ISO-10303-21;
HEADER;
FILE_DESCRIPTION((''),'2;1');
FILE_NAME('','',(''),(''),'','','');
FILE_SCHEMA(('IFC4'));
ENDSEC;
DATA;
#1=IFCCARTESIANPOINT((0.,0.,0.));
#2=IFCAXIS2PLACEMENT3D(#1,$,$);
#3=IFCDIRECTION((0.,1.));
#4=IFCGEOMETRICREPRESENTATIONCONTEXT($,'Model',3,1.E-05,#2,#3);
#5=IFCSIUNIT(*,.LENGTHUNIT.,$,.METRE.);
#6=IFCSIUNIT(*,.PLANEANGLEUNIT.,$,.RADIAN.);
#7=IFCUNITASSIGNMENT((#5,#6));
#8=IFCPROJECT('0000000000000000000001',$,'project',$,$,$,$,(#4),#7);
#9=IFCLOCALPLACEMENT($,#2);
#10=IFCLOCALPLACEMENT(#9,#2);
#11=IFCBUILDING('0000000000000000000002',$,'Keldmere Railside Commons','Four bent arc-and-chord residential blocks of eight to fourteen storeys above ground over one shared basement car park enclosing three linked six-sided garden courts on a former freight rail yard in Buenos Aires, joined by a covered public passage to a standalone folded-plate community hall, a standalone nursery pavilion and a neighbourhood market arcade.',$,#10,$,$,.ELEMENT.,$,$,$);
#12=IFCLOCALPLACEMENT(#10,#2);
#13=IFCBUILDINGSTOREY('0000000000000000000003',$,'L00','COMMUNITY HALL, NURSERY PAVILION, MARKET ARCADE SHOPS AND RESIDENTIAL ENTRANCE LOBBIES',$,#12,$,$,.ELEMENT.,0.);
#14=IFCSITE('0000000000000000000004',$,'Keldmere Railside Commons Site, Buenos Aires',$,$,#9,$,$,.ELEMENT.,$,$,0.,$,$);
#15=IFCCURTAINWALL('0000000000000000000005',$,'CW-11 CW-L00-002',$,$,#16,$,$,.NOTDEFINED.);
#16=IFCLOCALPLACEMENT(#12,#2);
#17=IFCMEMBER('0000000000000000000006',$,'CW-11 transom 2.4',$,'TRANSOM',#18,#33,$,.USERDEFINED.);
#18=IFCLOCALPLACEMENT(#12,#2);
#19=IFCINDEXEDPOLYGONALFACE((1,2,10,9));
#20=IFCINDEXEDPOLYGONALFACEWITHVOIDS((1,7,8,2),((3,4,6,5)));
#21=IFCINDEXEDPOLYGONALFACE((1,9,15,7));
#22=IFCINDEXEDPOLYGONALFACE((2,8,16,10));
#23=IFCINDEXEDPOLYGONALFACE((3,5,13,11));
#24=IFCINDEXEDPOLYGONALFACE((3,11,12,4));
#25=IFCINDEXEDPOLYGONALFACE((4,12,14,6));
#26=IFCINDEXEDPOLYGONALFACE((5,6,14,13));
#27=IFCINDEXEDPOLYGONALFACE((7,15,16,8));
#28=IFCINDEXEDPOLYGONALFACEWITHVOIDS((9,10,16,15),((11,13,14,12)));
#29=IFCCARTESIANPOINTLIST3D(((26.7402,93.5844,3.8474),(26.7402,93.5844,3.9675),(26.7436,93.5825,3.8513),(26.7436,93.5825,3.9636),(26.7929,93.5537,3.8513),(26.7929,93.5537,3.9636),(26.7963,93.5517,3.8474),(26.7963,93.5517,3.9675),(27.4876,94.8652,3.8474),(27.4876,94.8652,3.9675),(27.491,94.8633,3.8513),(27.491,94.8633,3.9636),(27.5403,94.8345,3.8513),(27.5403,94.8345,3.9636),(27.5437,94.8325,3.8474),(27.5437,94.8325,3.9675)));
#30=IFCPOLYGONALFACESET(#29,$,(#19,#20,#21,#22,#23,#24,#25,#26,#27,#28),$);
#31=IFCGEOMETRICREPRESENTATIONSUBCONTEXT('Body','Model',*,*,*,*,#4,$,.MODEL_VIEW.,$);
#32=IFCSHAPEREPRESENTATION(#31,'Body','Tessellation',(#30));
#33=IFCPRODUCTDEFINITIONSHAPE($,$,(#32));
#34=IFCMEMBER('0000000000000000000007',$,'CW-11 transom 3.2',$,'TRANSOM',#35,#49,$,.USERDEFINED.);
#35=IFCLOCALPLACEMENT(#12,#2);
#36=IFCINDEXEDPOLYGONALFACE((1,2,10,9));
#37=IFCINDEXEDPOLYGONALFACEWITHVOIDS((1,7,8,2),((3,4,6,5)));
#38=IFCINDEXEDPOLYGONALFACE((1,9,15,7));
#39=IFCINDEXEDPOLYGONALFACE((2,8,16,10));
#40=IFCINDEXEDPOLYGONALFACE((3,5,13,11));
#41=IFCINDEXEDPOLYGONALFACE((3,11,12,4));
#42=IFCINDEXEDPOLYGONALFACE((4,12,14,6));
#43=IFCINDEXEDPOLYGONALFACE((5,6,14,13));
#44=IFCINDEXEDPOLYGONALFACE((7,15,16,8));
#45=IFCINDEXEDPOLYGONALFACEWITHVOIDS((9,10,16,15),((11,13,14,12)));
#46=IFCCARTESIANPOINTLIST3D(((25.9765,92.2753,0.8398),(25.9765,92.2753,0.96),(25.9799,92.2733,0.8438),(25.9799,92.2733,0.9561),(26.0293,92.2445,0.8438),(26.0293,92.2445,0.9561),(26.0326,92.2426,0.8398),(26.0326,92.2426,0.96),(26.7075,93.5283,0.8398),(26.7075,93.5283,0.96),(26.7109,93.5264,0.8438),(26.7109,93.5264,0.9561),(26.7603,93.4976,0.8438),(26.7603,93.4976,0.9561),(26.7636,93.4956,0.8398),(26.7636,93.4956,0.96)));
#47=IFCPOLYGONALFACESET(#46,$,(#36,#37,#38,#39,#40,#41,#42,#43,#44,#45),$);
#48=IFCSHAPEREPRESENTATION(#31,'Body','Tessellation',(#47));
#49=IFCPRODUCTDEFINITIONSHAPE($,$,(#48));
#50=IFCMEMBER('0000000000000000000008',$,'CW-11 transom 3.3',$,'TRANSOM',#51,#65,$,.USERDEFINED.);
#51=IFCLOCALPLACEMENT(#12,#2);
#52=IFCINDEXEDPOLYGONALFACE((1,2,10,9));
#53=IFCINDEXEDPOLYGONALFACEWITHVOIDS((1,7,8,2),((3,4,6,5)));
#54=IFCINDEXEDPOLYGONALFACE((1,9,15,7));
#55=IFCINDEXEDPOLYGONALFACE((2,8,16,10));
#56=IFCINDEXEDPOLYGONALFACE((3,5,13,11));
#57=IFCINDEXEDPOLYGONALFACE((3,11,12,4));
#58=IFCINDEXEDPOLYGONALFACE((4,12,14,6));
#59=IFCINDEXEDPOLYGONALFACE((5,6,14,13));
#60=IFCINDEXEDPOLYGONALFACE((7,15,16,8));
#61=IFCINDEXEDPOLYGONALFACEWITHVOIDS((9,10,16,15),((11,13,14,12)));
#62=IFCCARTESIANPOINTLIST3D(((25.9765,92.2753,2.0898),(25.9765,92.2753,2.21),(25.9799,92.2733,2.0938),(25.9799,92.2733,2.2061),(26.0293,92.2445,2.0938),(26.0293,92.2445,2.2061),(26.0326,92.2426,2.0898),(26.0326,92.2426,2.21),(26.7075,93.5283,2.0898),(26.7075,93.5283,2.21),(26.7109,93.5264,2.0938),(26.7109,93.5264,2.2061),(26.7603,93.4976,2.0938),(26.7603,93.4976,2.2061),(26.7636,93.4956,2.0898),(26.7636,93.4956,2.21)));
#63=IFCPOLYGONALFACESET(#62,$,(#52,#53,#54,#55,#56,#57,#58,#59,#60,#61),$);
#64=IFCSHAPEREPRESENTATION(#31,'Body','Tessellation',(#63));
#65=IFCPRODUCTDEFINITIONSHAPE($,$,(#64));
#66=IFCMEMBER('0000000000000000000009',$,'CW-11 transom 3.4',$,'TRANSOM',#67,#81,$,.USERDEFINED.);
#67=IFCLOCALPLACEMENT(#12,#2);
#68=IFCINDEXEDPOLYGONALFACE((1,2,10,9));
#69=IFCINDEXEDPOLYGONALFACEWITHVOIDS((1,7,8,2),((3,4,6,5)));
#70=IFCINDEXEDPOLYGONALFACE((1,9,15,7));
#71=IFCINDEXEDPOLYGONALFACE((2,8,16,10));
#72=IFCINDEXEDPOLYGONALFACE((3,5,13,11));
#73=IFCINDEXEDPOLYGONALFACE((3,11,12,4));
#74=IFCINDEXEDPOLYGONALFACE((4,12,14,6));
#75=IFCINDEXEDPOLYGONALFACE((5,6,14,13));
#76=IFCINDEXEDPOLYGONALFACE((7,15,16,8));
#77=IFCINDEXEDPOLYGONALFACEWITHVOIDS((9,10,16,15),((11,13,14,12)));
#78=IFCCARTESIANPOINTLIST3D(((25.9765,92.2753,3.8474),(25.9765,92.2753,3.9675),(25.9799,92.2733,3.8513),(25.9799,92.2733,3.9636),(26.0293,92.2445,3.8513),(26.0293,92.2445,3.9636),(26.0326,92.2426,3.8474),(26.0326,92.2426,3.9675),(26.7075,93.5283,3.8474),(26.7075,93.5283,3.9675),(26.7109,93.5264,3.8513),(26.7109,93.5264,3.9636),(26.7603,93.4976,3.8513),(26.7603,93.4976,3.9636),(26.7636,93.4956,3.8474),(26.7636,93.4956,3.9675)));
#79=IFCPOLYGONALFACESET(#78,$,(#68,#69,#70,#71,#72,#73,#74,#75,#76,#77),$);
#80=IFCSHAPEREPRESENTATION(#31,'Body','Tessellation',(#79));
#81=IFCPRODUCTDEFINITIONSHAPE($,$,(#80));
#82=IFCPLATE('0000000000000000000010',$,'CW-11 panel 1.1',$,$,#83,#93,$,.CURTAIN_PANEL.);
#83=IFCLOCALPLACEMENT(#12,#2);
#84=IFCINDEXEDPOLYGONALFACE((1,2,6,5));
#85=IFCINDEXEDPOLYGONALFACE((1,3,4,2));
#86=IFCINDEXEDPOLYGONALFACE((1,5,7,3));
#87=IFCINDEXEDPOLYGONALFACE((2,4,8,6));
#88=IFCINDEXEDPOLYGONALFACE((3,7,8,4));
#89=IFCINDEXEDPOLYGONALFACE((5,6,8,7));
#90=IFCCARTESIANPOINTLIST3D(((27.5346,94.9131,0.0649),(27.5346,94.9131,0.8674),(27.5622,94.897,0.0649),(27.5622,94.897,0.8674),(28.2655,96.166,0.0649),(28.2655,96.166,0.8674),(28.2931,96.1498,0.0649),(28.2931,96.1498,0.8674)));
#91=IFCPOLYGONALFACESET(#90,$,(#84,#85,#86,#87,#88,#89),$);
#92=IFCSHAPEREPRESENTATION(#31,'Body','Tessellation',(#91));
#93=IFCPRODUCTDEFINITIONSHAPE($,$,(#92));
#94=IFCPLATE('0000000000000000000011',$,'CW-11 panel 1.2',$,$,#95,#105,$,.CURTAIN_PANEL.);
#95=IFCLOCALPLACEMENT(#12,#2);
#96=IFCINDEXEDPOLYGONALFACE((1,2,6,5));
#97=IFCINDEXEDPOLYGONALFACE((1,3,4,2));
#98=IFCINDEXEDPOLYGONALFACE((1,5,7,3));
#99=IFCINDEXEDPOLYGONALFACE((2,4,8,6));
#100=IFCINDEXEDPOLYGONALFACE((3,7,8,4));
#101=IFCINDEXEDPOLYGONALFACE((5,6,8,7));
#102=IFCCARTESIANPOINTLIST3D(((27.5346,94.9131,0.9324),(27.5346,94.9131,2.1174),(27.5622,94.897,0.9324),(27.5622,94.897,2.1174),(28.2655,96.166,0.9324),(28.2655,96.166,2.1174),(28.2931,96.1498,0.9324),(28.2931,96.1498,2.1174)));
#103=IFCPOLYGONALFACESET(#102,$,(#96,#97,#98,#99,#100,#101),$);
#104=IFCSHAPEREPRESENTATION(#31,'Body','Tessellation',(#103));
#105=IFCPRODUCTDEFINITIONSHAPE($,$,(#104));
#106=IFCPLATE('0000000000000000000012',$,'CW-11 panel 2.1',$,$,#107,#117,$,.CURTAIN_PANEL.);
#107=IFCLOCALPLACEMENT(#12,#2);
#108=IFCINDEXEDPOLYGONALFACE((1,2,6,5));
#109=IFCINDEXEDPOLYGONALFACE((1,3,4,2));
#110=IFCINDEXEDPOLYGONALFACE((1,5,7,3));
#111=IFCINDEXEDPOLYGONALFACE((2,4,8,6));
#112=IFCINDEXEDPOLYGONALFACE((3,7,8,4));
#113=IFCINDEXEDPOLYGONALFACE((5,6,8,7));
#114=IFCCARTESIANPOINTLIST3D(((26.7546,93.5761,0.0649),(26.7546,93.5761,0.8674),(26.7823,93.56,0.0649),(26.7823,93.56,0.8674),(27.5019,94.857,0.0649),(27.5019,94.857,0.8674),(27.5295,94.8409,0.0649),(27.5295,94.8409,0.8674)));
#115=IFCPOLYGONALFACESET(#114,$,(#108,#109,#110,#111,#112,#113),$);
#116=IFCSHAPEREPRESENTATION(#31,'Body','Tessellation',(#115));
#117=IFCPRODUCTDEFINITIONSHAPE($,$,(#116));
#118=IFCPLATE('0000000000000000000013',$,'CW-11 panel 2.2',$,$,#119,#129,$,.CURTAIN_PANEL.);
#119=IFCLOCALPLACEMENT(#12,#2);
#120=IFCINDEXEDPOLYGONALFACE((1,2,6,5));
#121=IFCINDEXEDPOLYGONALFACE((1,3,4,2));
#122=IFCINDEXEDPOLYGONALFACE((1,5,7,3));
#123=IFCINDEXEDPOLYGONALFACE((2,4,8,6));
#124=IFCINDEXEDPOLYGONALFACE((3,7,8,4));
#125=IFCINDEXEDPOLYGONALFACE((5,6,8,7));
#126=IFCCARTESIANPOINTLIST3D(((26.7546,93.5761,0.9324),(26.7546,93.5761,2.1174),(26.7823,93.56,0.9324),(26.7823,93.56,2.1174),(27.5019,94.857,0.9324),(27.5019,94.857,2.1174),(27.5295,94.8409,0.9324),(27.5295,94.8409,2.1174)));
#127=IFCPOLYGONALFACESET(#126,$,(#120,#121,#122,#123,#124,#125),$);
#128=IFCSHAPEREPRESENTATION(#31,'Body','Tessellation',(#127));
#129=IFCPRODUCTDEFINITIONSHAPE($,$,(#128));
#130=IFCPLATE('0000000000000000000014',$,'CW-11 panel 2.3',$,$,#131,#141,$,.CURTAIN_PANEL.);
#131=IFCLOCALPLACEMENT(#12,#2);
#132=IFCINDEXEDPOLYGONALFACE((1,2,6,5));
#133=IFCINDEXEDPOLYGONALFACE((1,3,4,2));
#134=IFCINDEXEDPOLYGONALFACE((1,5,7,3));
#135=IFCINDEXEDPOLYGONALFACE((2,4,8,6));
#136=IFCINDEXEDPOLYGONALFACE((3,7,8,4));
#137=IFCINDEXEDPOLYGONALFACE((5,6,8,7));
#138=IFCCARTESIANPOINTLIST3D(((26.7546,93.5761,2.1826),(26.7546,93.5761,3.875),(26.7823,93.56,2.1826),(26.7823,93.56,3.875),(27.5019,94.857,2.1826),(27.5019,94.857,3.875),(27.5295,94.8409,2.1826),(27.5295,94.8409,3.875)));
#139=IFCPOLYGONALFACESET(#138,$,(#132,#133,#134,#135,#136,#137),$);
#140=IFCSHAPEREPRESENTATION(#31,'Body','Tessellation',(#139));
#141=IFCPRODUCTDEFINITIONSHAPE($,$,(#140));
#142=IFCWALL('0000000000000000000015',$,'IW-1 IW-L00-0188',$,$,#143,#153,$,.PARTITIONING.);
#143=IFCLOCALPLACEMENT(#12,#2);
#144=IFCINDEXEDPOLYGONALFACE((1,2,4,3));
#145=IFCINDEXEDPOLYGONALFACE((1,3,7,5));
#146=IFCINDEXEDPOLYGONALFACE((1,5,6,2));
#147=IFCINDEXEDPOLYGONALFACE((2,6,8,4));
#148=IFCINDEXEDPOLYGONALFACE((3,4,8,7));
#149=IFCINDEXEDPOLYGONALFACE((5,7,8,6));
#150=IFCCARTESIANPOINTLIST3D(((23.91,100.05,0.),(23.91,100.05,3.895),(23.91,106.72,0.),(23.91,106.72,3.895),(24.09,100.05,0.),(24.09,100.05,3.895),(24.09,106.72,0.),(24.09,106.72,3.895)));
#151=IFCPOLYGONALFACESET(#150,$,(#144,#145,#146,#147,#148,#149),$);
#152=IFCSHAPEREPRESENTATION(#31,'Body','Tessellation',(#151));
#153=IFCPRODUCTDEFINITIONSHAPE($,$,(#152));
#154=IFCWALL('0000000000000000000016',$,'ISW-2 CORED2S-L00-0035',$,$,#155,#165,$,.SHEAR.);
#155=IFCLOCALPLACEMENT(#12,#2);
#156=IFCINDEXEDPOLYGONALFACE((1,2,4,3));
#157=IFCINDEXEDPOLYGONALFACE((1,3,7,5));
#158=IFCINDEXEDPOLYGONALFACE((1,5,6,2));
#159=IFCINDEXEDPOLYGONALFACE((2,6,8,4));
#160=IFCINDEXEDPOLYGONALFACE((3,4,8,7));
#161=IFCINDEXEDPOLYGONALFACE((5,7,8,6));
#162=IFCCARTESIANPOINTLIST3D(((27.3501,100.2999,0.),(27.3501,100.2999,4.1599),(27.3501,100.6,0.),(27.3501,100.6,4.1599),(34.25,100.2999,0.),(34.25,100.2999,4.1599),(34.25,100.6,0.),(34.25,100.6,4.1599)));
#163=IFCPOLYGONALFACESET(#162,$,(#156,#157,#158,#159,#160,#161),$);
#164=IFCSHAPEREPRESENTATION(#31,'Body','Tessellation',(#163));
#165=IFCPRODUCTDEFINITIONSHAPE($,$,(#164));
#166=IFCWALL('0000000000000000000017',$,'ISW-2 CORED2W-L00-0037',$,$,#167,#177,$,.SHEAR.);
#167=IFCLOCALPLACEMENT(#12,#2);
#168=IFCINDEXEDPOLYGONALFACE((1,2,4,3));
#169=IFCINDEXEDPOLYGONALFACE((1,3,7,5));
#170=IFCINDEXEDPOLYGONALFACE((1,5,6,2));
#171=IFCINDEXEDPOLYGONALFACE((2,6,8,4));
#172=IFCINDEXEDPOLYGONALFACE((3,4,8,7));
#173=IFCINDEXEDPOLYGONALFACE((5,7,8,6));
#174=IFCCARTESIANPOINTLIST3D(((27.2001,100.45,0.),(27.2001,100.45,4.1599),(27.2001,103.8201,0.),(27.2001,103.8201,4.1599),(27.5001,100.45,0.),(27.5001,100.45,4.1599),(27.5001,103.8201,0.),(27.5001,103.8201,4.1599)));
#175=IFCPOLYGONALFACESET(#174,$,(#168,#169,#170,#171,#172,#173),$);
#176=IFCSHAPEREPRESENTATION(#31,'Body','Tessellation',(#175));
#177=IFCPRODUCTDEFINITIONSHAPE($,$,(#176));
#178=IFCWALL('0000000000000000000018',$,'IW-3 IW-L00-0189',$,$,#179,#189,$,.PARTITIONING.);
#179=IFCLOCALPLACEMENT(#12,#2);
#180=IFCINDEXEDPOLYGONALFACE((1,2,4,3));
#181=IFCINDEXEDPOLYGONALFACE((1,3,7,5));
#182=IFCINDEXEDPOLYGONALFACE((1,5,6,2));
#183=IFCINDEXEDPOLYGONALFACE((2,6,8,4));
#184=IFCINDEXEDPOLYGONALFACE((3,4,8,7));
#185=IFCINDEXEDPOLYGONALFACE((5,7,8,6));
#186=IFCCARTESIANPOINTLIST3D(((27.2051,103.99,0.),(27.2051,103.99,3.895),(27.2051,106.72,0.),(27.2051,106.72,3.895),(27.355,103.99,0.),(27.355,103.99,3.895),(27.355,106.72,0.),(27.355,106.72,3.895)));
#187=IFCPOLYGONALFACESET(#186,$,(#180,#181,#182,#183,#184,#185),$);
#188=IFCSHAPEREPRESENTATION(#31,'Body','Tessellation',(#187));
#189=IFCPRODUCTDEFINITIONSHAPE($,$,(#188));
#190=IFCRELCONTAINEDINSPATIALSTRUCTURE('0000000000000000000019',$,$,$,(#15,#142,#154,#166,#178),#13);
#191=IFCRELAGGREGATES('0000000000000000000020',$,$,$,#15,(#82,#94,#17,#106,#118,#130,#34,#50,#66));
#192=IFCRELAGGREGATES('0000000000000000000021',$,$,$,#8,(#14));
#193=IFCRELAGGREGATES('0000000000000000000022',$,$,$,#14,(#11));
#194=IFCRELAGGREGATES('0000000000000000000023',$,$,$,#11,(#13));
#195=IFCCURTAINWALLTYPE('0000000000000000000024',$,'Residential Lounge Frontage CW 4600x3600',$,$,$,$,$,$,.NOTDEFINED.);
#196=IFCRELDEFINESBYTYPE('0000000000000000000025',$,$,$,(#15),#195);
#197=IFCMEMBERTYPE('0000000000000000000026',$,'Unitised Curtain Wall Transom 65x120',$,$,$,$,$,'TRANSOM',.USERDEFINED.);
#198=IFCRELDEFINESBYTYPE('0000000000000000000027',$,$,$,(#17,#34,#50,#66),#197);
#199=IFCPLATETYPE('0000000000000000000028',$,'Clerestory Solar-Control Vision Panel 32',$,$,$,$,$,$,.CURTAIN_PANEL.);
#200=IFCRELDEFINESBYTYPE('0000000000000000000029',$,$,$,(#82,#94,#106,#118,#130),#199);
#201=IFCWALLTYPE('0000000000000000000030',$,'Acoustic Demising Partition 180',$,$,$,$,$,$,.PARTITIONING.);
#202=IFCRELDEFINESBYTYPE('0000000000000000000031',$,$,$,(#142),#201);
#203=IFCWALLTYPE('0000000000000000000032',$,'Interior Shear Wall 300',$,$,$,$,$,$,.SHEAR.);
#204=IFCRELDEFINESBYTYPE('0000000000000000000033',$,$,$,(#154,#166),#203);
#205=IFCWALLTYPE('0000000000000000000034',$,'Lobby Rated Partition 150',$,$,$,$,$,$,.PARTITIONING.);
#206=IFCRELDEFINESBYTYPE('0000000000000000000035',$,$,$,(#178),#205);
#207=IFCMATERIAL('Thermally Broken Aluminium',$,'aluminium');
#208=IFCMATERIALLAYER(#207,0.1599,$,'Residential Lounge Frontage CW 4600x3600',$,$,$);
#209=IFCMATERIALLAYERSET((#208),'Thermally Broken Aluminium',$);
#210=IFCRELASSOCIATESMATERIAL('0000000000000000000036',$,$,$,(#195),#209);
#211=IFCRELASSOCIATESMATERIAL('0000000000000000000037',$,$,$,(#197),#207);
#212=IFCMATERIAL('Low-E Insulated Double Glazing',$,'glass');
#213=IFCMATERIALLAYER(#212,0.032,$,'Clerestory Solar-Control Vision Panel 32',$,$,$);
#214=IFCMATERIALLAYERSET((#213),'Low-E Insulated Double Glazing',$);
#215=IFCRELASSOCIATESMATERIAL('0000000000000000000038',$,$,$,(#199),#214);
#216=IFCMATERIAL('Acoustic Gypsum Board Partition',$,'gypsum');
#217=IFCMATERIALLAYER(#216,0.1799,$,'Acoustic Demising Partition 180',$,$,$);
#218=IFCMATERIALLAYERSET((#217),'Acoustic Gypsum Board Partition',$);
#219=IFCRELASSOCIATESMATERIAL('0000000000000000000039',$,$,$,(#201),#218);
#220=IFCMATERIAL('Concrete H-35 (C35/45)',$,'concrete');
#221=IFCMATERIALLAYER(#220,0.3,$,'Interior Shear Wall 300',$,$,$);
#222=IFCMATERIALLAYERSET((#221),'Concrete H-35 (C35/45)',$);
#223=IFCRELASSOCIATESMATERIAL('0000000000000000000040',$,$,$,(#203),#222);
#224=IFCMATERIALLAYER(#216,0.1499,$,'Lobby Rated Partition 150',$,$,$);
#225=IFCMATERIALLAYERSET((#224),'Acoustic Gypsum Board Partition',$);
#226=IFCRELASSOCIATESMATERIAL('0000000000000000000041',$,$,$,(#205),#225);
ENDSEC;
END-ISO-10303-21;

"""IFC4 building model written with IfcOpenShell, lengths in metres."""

from ifc_helpers import new_model, si_unit, direction, frame, frame_2d, origin, origin_2d, place, context, subcontext, project, spatial, rectangle, hollow_rectangle, extrude, material, layer, layer_set, material_profile, profile_set, type_object, element, aggregate, save


model = new_model("IFC4")

# Units and contexts
model_context = context("Model", 3, precision=1e-05, world=origin(), true_north=direction((0.0, 1.0)))
body_context = subcontext(model_context, "Body", "Model", "MODEL_VIEW")
ifc_project = project(units=[si_unit("LENGTHUNIT", "METRE"), si_unit("PLANEANGLEUNIT", "RADIAN")], contexts=[model_context])

# Site, building, storey
site_placement = place(None, origin())
site = spatial("IfcSite", under=ifc_project, at=site_placement, Name="Keldmere Railside Commons Site, Buenos Aires", CompositionType="ELEMENT", RefElevation=0.0)
building_placement = place(site_placement, origin())
building = spatial("IfcBuilding", under=site, at=building_placement, Name="Keldmere Railside Commons", Description="Four bent arc-and-chord residential blocks of eight to fourteen storeys above ground over one shared basement car park enclosing three linked six-sided garden courts on a former freight rail yard in Buenos Aires, joined by a covered public passage to a standalone folded-plate community hall, a standalone nursery pavilion and a neighbourhood market arcade.", CompositionType="ELEMENT")
storey_placement = place(building_placement, origin())
storey = spatial("IfcBuildingStorey", under=building, at=storey_placement, Name="L00", Description="COMMUNITY HALL, NURSERY PAVILION, MARKET ARCADE SHOPS AND RESIDENTIAL ENTRANCE LOBBIES", CompositionType="ELEMENT", Elevation=0.0)

# Curtain wall, members, plates
ifc_material_1 = material(Name="Thermally Broken Aluminium", Category="aluminium")
ifc_layer_1 = layer(ifc_material_1, 0.1599, Name="Residential Lounge Frontage CW 4600x3600")
ifc_layer_set_1 = layer_set([ifc_layer_1], Name="Thermally Broken Aluminium")
curtain_wall_type = type_object("IfcCurtainWallType", Name="Residential Lounge Frontage CW 4600x3600", PredefinedType="NOTDEFINED", material=ifc_layer_set_1)
curtain_wall_placement = place(storey_placement, origin())
curtain_wall = element("IfcCurtainWall", 1, at=curtain_wall_placement, inside=storey, type_object=curtain_wall_type, Name="CW-11 CW-L00-002", PredefinedType="NOTDEFINED")
ifc_material_profile_1 = material_profile(ifc_material_1, hollow_rectangle(XDim=0.0649, YDim=0.1201, WallThickness=0.0039, at=origin_2d()), Name="ALU-TRAN-65x120")
ifc_profile_set_1 = profile_set([ifc_material_profile_1], Name="Thermally Broken Aluminium")
member_type_1 = type_object("IfcMemberType", Name="Unitised Curtain Wall Transom 65x120", ElementType="TRANSOM", PredefinedType="USERDEFINED", material=ifc_profile_set_1)
member_1_placement = place(storey_placement, frame((27.5156, 94.8489, 3.9075), z_axis=(-0.503973, -0.863719, 0.0), x_axis=(0.863719, -0.503973, 0.0)))
member_1 = element("IfcMember", 2, at=member_1_placement, type_object=member_type_1, Name="CW-11 transom 2.4", ObjectType="TRANSOM", PredefinedType="USERDEFINED", context=body_context, shape_type="SweptSolid", body=[
    extrude(hollow_rectangle(XDim=0.0649, YDim=0.1201, WallThickness=0.0039, at=origin_2d()), origin(), (0.0, 0.0, 1.0), 1.4829),
])
member_2_placement = place(storey_placement, frame((26.7356, 93.512, 0.8999), z_axis=(-0.503913, -0.863754, 0.0), x_axis=(0.863754, -0.503913, 0.0)))
member_2 = element("IfcMember", 3, at=member_2_placement, type_object=member_type_1, Name="CW-11 transom 3.2", ObjectType="TRANSOM", PredefinedType="USERDEFINED", context=body_context, shape_type="SweptSolid", body=[
    extrude(hollow_rectangle(XDim=0.0649, YDim=0.1201, WallThickness=0.0039, at=origin_2d()), origin(), (0.0, 0.0, 1.0), 1.4507),
])
member_3_placement = place(storey_placement, frame((26.7356, 93.512, 2.1499), z_axis=(-0.503913, -0.863754, 0.0), x_axis=(0.863754, -0.503913, 0.0)))
member_3 = element("IfcMember", 4, at=member_3_placement, type_object=member_type_1, Name="CW-11 transom 3.3", ObjectType="TRANSOM", PredefinedType="USERDEFINED", context=body_context, shape_type="SweptSolid", body=[
    extrude(hollow_rectangle(XDim=0.0649, YDim=0.1201, WallThickness=0.0039, at=origin_2d()), origin(), (0.0, 0.0, 1.0), 1.4507),
])
member_4_placement = place(storey_placement, frame((26.7356, 93.512, 3.9075), z_axis=(-0.503913, -0.863754, 0.0), x_axis=(0.863754, -0.503913, 0.0)))
member_4 = element("IfcMember", 5, at=member_4_placement, type_object=member_type_1, Name="CW-11 transom 3.4", ObjectType="TRANSOM", PredefinedType="USERDEFINED", context=body_context, shape_type="SweptSolid", body=[
    extrude(hollow_rectangle(XDim=0.0649, YDim=0.1201, WallThickness=0.0039, at=origin_2d()), origin(), (0.0, 0.0, 1.0), 1.4507),
])
ifc_material_2 = material(Name="Low-E Insulated Double Glazing", Category="glass")
ifc_layer_2 = layer(ifc_material_2, 0.032, Name="Clerestory Solar-Control Vision Panel 32")
ifc_layer_set_2 = layer_set([ifc_layer_2], Name="Low-E Insulated Double Glazing")
plate_type = type_object("IfcPlateType", Name="Clerestory Solar-Control Vision Panel 32", PredefinedType="CURTAIN_PANEL", material=ifc_layer_set_2)
plate_1_placement = place(storey_placement, frame((27.9138, 95.5315, 0.0649), z_axis=(0.0, 0.0, 1.0), x_axis=(-0.503911, -0.863755, 0.0)))
plate_1 = element("IfcPlate", 6, at=plate_1_placement, type_object=plate_type, Name="CW-11 panel 1.1", PredefinedType="CURTAIN_PANEL", context=body_context, shape_type="SweptSolid", body=[
    extrude(rectangle(XDim=1.4504, YDim=0.032, at=origin_2d()), origin(), (0.0, 0.0, 1.0), 0.8025),
])
plate_2_placement = place(storey_placement, frame((27.9138, 95.5315, 0.9324), z_axis=(0.0, 0.0, 1.0), x_axis=(-0.503911, -0.863755, 0.0)))
plate_2 = element("IfcPlate", 7, at=plate_2_placement, type_object=plate_type, Name="CW-11 panel 1.2", PredefinedType="CURTAIN_PANEL", context=body_context, shape_type="SweptSolid", body=[
    extrude(rectangle(XDim=1.4504, YDim=0.032, at=origin_2d()), origin(), (0.0, 0.0, 1.0), 1.1851),
])
plate_3_placement = place(storey_placement, frame((27.1421, 94.2085, 0.0649), z_axis=(0.0, 0.0, 1.0), x_axis=(-0.503911, -0.863755, 0.0)))
plate_3 = element("IfcPlate", 8, at=plate_3_placement, type_object=plate_type, Name="CW-11 panel 2.1", PredefinedType="CURTAIN_PANEL", context=body_context, shape_type="SweptSolid", body=[
    extrude(rectangle(XDim=1.4829, YDim=0.032, at=origin_2d()), origin(), (0.0, 0.0, 1.0), 0.8025),
])
plate_4_placement = place(storey_placement, frame((27.1421, 94.2085, 0.9324), z_axis=(0.0, 0.0, 1.0), x_axis=(-0.503911, -0.863755, 0.0)))
plate_4 = element("IfcPlate", 9, at=plate_4_placement, type_object=plate_type, Name="CW-11 panel 2.2", PredefinedType="CURTAIN_PANEL", context=body_context, shape_type="SweptSolid", body=[
    extrude(rectangle(XDim=1.4829, YDim=0.032, at=origin_2d()), origin(), (0.0, 0.0, 1.0), 1.1851),
])
plate_5_placement = place(storey_placement, frame((27.1421, 94.2085, 2.1826), z_axis=(0.0, 0.0, 1.0), x_axis=(-0.503911, -0.863755, 0.0)))
plate_5 = element("IfcPlate", 10, at=plate_5_placement, type_object=plate_type, Name="CW-11 panel 2.3", PredefinedType="CURTAIN_PANEL", context=body_context, shape_type="SweptSolid", body=[
    extrude(rectangle(XDim=1.4829, YDim=0.032, at=origin_2d()), origin(), (0.0, 0.0, 1.0), 1.6924),
])
aggregate(curtain_wall, [plate_1, plate_2, member_1, plate_3, plate_4, plate_5, member_2, member_3, member_4])

# Walls
ifc_material_3 = material(Name="Acoustic Gypsum Board Partition", Category="gypsum")
ifc_layer_3 = layer(ifc_material_3, 0.1799, Name="Acoustic Demising Partition 180")
ifc_layer_set_3 = layer_set([ifc_layer_3], Name="Acoustic Gypsum Board Partition")
wall_type_1 = type_object("IfcWallType", Name="Acoustic Demising Partition 180", PredefinedType="PARTITIONING", material=ifc_layer_set_3)
wall_1_placement = place(storey_placement, frame((24.0, 100.05, 0.0), z_axis=(0.0, 0.0, 1.0), x_axis=(0.0, 1.0, 0.0)))
element("IfcWall", 11, at=wall_1_placement, inside=storey, type_object=wall_type_1, Name="IW-1 IW-L00-0188", PredefinedType="PARTITIONING", context=body_context, shape_type="SweptSolid", body=[
    extrude(rectangle(XDim=6.6699, YDim=0.1799, at=frame_2d((3.335, 0.0))), origin(), (0.0, 0.0, 1.0), 3.895),
])
ifc_material_4 = material(Name="Concrete H-35 (C35/45)", Category="concrete")
ifc_layer_4 = layer(ifc_material_4, 0.3, Name="Interior Shear Wall 300")
ifc_layer_set_4 = layer_set([ifc_layer_4], Name="Concrete H-35 (C35/45)")
wall_type_2 = type_object("IfcWallType", Name="Interior Shear Wall 300", PredefinedType="SHEAR", material=ifc_layer_set_4)
wall_2_placement = place(storey_placement, frame((27.3501, 100.45, 0.0), z_axis=(0.0, 0.0, 1.0), x_axis=(1.0, 0.0, 0.0)))
element("IfcWall", 12, at=wall_2_placement, inside=storey, type_object=wall_type_2, Name="ISW-2 CORED2S-L00-0035", PredefinedType="SHEAR", context=body_context, shape_type="SweptSolid", body=[
    extrude(rectangle(XDim=6.8999, YDim=0.3, at=frame_2d((3.45, 0.0))), origin(), (0.0, 0.0, 1.0), 4.1599),
])
wall_3_placement = place(storey_placement, frame((27.3501, 103.8201, 0.0), z_axis=(0.0, 0.0, 1.0), x_axis=(0.0, -1.0, 0.0)))
element("IfcWall", 13, at=wall_3_placement, inside=storey, type_object=wall_type_2, Name="ISW-2 CORED2W-L00-0037", PredefinedType="SHEAR", context=body_context, shape_type="SweptSolid", body=[
    extrude(rectangle(XDim=3.3701, YDim=0.3, at=frame_2d((1.6851, 0.0))), origin(), (0.0, 0.0, 1.0), 4.1599),
])
ifc_layer_5 = layer(ifc_material_3, 0.1499, Name="Lobby Rated Partition 150")
ifc_layer_set_5 = layer_set([ifc_layer_5], Name="Acoustic Gypsum Board Partition")
wall_type_3 = type_object("IfcWallType", Name="Lobby Rated Partition 150", PredefinedType="PARTITIONING", material=ifc_layer_set_5)
wall_4_placement = place(storey_placement, frame((27.28, 103.99, 0.0), z_axis=(0.0, 0.0, 1.0), x_axis=(0.0, 1.0, 0.0)))
element("IfcWall", 14, at=wall_4_placement, inside=storey, type_object=wall_type_3, Name="IW-3 IW-L00-0189", PredefinedType="PARTITIONING", context=body_context, shape_type="SweptSolid", body=[
    extrude(rectangle(XDim=2.73, YDim=0.1499, at=frame_2d((1.365, 0.0))), origin(), (0.0, 0.0, 1.0), 3.895),
])

save(model, "model.ifc")
